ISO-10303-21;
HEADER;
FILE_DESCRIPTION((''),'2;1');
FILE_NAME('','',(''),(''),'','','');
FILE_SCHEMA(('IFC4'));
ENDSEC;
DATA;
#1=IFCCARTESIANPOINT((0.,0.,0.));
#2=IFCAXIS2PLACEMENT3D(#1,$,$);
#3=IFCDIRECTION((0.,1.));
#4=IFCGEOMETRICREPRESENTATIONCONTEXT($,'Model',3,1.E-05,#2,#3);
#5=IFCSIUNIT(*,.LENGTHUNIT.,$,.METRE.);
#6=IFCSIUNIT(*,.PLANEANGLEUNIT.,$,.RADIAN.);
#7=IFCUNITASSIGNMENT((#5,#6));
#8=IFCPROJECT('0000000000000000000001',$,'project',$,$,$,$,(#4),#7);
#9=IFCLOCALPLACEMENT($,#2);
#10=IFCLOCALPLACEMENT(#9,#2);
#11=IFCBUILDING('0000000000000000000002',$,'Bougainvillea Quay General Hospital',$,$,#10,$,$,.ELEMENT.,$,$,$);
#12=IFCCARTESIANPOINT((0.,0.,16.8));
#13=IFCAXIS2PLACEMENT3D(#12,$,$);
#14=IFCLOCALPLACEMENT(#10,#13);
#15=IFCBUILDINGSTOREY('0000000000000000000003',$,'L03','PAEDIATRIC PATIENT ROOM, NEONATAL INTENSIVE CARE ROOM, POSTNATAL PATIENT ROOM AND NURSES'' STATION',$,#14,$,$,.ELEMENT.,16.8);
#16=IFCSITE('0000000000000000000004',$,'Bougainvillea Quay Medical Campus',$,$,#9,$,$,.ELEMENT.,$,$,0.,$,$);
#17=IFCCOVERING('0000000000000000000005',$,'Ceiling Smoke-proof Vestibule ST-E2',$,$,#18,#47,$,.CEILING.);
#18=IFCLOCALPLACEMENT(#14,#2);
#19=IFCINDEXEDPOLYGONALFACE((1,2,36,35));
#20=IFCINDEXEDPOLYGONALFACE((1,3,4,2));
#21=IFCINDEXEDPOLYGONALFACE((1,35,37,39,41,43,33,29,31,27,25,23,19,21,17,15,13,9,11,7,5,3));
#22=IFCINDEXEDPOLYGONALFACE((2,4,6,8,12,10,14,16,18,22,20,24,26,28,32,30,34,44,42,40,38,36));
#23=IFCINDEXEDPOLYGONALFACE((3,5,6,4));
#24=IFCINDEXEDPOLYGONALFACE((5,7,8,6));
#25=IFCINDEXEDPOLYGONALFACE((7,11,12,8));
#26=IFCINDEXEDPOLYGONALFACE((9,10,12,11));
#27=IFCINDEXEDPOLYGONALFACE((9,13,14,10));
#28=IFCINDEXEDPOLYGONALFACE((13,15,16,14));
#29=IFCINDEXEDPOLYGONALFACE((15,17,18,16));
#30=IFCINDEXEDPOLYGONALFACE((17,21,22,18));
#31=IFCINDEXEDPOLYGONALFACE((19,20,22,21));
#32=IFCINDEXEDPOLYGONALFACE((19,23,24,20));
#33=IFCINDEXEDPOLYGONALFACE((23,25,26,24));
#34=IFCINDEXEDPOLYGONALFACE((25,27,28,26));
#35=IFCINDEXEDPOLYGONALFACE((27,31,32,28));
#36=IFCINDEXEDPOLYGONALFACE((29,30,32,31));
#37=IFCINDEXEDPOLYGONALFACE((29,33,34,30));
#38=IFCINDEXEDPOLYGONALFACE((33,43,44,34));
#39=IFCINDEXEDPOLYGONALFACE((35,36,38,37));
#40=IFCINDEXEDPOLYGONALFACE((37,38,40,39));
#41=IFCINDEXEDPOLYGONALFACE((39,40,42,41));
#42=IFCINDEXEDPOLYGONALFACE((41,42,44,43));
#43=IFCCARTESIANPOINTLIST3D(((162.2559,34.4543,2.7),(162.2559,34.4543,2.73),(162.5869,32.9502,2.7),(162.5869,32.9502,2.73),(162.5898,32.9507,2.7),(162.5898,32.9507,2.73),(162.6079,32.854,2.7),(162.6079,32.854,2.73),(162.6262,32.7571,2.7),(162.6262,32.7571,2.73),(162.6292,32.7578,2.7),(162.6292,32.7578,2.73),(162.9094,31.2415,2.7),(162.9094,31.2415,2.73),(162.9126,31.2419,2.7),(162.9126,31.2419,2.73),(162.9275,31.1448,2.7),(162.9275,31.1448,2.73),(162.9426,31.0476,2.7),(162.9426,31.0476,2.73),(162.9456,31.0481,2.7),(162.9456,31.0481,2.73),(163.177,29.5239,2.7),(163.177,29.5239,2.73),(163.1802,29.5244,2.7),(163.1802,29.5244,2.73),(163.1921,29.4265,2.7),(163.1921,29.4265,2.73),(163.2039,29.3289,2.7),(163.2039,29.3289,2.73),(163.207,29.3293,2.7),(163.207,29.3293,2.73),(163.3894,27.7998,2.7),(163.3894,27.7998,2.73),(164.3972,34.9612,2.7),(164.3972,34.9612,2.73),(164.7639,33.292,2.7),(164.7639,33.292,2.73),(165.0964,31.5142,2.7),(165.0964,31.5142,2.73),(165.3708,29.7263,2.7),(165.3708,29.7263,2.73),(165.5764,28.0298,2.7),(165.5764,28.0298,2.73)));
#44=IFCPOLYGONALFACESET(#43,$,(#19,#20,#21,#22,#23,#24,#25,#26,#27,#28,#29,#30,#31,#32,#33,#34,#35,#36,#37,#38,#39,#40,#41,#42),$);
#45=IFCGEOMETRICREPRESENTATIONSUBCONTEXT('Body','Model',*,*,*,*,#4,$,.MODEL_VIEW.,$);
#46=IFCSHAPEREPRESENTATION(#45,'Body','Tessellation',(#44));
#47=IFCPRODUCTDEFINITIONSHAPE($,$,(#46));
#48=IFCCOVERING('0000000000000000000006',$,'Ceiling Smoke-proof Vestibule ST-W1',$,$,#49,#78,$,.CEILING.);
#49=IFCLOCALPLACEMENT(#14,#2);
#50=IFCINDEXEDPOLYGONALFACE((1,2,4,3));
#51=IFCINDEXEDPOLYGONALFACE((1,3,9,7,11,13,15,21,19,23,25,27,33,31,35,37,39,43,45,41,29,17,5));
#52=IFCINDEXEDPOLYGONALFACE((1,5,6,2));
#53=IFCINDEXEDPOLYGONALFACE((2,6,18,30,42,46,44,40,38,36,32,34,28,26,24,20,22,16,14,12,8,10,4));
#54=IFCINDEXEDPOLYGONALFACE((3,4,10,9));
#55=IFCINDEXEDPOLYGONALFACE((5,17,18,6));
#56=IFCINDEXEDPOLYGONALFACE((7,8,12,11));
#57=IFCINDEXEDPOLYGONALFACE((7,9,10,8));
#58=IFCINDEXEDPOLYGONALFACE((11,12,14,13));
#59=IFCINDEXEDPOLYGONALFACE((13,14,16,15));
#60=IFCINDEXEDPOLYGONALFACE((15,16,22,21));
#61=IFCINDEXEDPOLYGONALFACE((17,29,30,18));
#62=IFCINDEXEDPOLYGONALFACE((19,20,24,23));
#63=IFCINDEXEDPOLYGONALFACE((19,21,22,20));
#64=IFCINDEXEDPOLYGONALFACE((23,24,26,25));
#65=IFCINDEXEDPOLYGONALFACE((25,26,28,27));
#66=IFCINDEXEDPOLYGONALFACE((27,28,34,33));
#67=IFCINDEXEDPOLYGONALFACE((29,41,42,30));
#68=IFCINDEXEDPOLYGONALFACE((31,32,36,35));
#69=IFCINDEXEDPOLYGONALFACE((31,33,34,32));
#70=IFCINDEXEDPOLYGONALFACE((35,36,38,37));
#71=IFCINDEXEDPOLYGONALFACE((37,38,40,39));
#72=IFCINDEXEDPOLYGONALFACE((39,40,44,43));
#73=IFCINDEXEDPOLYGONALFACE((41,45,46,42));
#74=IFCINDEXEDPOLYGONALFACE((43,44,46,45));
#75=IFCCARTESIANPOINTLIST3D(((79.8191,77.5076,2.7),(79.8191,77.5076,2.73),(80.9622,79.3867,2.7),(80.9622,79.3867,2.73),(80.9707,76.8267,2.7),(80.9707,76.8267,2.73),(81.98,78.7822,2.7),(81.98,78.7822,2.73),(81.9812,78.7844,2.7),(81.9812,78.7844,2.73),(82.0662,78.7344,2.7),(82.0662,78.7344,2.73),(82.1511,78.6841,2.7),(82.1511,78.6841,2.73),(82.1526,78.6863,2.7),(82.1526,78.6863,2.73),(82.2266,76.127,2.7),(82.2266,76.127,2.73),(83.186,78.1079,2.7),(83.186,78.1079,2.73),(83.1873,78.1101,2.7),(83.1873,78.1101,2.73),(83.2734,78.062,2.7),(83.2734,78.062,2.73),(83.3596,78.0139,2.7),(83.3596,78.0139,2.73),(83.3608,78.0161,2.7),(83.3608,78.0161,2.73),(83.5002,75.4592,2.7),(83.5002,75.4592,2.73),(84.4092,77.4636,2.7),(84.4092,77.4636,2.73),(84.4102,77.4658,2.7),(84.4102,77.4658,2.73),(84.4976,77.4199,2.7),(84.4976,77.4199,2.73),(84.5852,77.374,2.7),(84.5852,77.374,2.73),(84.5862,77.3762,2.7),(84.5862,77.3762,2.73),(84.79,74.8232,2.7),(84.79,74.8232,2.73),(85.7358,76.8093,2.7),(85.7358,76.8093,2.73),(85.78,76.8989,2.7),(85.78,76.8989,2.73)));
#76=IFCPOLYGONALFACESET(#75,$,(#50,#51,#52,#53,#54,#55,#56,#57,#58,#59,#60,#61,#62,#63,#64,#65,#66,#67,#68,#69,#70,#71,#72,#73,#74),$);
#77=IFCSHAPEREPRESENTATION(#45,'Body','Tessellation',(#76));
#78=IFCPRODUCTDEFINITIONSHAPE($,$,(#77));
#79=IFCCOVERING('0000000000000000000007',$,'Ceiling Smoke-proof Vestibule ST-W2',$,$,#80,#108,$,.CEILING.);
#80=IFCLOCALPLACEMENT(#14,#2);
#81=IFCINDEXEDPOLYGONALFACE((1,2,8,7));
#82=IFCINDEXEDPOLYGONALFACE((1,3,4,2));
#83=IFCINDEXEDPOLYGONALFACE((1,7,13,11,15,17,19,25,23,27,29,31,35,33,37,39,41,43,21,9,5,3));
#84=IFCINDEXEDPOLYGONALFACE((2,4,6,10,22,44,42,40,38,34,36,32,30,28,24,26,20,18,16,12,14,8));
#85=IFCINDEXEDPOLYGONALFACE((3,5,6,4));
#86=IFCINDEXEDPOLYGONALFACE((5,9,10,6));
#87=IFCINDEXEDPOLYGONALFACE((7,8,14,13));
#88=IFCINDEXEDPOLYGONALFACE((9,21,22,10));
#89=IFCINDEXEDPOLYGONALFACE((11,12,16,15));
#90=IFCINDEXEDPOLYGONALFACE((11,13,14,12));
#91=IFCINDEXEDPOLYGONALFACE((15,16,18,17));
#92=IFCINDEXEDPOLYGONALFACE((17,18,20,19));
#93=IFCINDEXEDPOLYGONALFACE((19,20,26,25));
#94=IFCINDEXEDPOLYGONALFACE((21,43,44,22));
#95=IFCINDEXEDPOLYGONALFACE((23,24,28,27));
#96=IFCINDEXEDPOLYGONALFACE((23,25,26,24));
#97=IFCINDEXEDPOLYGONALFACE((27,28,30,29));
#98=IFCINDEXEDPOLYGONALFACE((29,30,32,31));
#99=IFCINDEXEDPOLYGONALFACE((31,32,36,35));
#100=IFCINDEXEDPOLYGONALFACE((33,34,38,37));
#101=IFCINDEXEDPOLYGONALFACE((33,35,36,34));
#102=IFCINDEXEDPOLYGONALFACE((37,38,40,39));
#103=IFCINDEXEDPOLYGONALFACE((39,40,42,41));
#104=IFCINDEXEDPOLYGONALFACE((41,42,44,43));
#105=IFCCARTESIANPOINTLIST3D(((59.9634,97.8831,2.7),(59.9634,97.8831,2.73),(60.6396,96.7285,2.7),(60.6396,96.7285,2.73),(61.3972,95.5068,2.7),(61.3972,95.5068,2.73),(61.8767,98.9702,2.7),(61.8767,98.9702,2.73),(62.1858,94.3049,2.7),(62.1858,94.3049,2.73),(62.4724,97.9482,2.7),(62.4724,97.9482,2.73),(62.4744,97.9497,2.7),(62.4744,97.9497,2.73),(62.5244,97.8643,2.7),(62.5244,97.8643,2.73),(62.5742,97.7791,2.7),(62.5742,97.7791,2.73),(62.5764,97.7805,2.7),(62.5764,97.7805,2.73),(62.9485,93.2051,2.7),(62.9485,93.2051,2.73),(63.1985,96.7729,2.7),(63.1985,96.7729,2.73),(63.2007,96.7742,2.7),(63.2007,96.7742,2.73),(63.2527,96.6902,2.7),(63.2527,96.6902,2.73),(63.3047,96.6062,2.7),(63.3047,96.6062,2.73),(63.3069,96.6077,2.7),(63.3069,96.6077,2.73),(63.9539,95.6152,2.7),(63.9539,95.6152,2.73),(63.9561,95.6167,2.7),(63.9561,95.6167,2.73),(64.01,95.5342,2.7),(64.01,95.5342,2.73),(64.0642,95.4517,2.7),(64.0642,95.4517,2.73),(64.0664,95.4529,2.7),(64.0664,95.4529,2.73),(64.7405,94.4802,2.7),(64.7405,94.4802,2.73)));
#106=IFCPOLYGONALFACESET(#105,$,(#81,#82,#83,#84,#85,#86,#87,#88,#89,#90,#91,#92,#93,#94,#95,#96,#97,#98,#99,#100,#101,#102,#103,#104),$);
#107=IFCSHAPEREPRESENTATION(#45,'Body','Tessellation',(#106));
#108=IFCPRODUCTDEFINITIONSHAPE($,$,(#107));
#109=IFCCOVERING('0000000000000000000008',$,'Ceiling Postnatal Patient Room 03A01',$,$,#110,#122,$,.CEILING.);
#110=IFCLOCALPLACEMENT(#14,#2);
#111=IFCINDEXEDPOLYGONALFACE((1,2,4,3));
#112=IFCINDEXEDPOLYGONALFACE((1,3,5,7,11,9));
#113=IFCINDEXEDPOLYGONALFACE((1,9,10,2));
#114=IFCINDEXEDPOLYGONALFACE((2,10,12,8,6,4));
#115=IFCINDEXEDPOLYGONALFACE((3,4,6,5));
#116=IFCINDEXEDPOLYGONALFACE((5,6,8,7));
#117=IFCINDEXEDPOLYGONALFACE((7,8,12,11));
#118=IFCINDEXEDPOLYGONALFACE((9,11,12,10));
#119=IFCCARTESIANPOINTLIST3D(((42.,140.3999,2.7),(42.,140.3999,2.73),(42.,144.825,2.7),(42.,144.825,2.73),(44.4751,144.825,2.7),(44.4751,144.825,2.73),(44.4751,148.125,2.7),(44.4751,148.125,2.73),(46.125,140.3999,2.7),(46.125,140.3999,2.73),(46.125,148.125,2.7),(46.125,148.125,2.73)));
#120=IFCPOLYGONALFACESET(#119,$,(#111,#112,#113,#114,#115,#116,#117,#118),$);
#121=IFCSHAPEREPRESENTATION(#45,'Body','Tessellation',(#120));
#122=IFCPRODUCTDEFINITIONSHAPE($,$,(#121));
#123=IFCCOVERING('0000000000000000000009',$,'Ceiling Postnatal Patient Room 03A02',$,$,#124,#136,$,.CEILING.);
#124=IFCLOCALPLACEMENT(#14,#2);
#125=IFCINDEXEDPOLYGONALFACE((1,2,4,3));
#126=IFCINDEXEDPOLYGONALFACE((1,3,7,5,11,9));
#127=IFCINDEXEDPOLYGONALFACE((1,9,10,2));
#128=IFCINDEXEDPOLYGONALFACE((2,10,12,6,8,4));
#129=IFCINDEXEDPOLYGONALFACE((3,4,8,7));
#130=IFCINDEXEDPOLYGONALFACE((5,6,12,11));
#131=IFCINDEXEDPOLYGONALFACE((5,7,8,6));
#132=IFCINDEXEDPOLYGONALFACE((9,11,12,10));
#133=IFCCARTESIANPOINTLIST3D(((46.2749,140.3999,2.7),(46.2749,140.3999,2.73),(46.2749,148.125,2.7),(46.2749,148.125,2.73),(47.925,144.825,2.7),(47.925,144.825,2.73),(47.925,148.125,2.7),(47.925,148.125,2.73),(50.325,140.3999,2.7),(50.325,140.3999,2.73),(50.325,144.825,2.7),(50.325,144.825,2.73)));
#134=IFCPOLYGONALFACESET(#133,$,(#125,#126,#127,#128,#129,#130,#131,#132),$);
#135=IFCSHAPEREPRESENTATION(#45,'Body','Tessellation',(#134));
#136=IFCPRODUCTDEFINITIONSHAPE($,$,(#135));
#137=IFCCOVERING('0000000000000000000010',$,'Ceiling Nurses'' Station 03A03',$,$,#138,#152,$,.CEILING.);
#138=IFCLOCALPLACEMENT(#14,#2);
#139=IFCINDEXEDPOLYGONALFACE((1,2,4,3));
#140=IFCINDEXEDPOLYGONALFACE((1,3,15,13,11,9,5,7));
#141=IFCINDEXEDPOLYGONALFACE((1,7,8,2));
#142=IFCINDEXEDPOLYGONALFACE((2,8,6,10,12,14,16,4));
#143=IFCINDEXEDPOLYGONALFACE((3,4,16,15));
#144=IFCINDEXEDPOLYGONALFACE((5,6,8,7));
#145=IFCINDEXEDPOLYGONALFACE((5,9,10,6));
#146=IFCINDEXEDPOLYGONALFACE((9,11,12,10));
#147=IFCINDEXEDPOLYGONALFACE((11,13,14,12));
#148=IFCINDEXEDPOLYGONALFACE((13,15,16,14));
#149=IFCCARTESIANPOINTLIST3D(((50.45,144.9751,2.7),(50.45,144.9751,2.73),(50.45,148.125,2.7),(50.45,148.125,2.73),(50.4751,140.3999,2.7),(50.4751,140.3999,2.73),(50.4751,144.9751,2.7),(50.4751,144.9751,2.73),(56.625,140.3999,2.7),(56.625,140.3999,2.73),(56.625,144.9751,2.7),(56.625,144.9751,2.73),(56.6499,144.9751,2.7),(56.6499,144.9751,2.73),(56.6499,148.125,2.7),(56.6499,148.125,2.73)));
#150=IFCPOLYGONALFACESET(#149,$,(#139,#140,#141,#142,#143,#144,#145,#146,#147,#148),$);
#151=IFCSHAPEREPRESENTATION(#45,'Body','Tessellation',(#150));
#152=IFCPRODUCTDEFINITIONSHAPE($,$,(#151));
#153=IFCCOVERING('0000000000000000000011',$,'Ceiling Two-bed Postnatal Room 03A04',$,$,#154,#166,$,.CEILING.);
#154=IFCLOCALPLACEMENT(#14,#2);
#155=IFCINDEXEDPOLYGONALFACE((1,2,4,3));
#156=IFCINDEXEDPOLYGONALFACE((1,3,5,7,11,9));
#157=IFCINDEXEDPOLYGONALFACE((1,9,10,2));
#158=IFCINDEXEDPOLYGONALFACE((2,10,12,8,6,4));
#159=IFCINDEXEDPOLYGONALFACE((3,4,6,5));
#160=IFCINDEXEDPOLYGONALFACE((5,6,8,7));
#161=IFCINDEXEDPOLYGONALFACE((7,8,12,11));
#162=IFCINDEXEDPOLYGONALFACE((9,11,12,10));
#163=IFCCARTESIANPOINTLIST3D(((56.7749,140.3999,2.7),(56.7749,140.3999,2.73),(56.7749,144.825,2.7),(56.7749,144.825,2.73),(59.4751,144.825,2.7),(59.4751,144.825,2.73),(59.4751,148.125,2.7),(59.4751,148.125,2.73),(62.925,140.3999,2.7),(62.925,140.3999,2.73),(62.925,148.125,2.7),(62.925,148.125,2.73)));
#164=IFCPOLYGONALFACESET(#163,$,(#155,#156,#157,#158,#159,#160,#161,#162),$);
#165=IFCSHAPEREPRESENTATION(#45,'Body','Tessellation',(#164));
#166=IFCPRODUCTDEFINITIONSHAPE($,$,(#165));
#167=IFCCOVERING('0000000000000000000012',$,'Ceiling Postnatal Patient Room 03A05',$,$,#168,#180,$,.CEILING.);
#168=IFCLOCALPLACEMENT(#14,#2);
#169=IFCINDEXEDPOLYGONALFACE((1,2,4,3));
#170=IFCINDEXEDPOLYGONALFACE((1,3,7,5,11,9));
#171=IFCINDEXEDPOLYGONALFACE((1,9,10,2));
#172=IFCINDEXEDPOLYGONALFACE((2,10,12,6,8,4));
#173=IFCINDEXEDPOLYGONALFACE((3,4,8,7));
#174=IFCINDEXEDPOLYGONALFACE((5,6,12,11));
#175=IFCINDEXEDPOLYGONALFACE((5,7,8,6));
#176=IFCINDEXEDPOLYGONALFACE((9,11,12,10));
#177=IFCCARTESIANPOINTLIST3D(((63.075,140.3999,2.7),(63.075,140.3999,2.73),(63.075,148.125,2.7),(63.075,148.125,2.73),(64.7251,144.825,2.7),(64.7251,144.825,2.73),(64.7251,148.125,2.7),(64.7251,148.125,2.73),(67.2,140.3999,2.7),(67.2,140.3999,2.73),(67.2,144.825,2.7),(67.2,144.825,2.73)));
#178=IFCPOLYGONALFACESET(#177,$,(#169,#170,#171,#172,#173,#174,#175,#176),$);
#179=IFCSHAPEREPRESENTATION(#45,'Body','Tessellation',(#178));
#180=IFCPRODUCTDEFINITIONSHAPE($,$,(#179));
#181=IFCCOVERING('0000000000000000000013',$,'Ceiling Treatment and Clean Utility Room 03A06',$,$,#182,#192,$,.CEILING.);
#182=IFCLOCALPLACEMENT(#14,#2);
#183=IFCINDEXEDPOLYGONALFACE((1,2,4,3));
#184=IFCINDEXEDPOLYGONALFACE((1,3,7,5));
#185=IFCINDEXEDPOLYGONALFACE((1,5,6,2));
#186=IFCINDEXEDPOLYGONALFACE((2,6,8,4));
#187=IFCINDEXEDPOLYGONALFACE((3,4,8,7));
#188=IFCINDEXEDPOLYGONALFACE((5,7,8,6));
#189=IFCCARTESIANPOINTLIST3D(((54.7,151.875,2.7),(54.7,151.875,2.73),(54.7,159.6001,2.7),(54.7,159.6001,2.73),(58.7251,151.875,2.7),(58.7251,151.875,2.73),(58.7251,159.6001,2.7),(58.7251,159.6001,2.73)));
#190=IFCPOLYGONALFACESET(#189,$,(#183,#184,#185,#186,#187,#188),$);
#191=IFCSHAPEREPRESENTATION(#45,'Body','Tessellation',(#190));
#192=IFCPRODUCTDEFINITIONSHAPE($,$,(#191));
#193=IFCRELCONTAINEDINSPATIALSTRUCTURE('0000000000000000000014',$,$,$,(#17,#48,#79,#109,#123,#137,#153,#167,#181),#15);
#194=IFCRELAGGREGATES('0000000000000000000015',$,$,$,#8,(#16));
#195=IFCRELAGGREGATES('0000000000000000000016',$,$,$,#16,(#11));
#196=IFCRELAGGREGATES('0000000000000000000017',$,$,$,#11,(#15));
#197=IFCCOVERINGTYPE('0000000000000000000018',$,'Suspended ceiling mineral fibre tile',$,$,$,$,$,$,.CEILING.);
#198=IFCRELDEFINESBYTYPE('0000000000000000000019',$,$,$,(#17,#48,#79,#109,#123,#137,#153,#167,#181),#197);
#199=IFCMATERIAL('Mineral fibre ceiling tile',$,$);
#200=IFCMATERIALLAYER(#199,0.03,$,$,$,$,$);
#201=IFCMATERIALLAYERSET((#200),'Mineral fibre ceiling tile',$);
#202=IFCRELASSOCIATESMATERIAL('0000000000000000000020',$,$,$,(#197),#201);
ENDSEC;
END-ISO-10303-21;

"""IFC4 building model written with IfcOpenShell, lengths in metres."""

from ifc_helpers import new_model, si_unit, direction, frame, origin, place, context, subcontext, project, spatial, polyline, outline, extrude, material, layer, layer_set, type_object, element, save


model = new_model("IFC4")

# Units and contexts
model_context = context("Model", 3, precision=1e-05, world=origin(), true_north=direction((0.0, 1.0)))
body_context = subcontext(model_context, "Body", "Model", "MODEL_VIEW")
ifc_project = project(units=[si_unit("LENGTHUNIT", "METRE"), si_unit("PLANEANGLEUNIT", "RADIAN")], contexts=[model_context])

# Site, building, storey
site_placement = place(None, origin())
site = spatial("IfcSite", under=ifc_project, at=site_placement, Name="Bougainvillea Quay Medical Campus", CompositionType="ELEMENT", RefElevation=0.0)
building_placement = place(site_placement, origin())
building = spatial("IfcBuilding", under=site, at=building_placement, Name="Bougainvillea Quay General Hospital", CompositionType="ELEMENT")
storey_placement = place(building_placement, frame((0.0, 0.0, 16.8)))
storey = spatial("IfcBuildingStorey", under=building, at=storey_placement, Name="L03", Description="PAEDIATRIC PATIENT ROOM, NEONATAL INTENSIVE CARE ROOM, POSTNATAL PATIENT ROOM AND NURSES' STATION", CompositionType="ELEMENT", Elevation=16.8)

# Coverings
ifc_material = material(Name="Mineral fibre ceiling tile")
ifc_layer = layer(ifc_material, 0.03)
ifc_layer_set = layer_set([ifc_layer], Name="Mineral fibre ceiling tile")
covering_type = type_object("IfcCoveringType", Name="Suspended ceiling mineral fibre tile", PredefinedType="CEILING", material=ifc_layer_set)
covering_1_placement = place(storey_placement, frame((0.0, 0.0, 2.7)))
element("IfcCovering", 1, at=covering_1_placement, inside=storey, type_object=covering_type, Name="Ceiling Smoke-proof Vestibule ST-E2", PredefinedType="CEILING", context=body_context, shape_type="SweptSolid", body=[
    extrude(outline(polyline([(162.6262, 32.7571), (162.9094, 31.2415), (162.9126, 31.2419), (162.9275, 31.1448), (162.9456, 31.0481), (162.9426, 31.0476), (163.177, 29.5239), (163.1802, 29.5244), (163.1921, 29.4265), (163.207, 29.3293), (163.2039, 29.3289), (163.3894, 27.7998), (165.5764, 28.0298), (165.3708, 29.7263), (165.0964, 31.5142), (164.7639, 33.292), (164.3972, 34.9612), (162.2559, 34.4543), (162.5869, 32.9502), (162.5898, 32.9507), (162.6079, 32.854), (162.6292, 32.7578), (162.6262, 32.7571)])), origin(), (0.0, 0.0, 1.0), 0.03),
])
covering_2_placement = place(storey_placement, frame((0.0, 0.0, 2.7)))
element("IfcCovering", 2, at=covering_2_placement, inside=storey, type_object=covering_type, Name="Ceiling Smoke-proof Vestibule ST-W1", PredefinedType="CEILING", context=body_context, shape_type="SweptSolid", body=[
    extrude(outline(polyline([(85.78, 76.8989), (85.7358, 76.8093), (84.5862, 77.3762), (84.5852, 77.374), (84.4976, 77.4199), (84.4092, 77.4636), (84.4102, 77.4658), (83.3608, 78.0161), (83.3596, 78.0139), (83.2734, 78.062), (83.186, 78.1079), (83.1873, 78.1101), (82.1526, 78.6863), (82.1511, 78.6841), (82.0662, 78.7344), (81.98, 78.7822), (81.9812, 78.7844), (80.9622, 79.3867), (79.8191, 77.5076), (80.9707, 76.8267), (82.2266, 76.127), (83.5002, 75.4592), (84.79, 74.8232), (85.78, 76.8989)])), origin(), (0.0, 0.0, 1.0), 0.03),
])
covering_3_placement = place(storey_placement, frame((0.0, 0.0, 2.7)))
element("IfcCovering", 3, at=covering_3_placement, inside=storey, type_object=covering_type, Name="Ceiling Smoke-proof Vestibule ST-W2", PredefinedType="CEILING", context=body_context, shape_type="SweptSolid", body=[
    extrude(outline(polyline([(61.3972, 95.5068), (62.1858, 94.3049), (62.9485, 93.2051), (64.7405, 94.4802), (64.0664, 95.4529), (64.0642, 95.4517), (64.01, 95.5342), (63.9539, 95.6152), (63.9561, 95.6167), (63.3069, 96.6077), (63.3047, 96.6062), (63.2527, 96.6902), (63.1985, 96.7729), (63.2007, 96.7742), (62.5764, 97.7805), (62.5742, 97.7791), (62.5244, 97.8643), (62.4724, 97.9482), (62.4744, 97.9497), (61.8767, 98.9702), (59.9634, 97.8831), (60.6396, 96.7285), (61.3972, 95.5068)])), origin(), (0.0, 0.0, 1.0), 0.03),
])
covering_4_placement = place(storey_placement, frame((0.0, 0.0, 2.7)))
element("IfcCovering", 4, at=covering_4_placement, inside=storey, type_object=covering_type, Name="Ceiling Postnatal Patient Room 03A01", PredefinedType="CEILING", context=body_context, shape_type="SweptSolid", body=[
    extrude(outline(polyline([(46.125, 140.3999), (46.125, 148.125), (44.4751, 148.125), (44.4751, 144.825), (42.0, 144.825), (42.0, 140.3999), (46.125, 140.3999)])), origin(), (0.0, 0.0, 1.0), 0.03),
])
covering_5_placement = place(storey_placement, frame((0.0, 0.0, 2.7)))
element("IfcCovering", 5, at=covering_5_placement, inside=storey, type_object=covering_type, Name="Ceiling Postnatal Patient Room 03A02", PredefinedType="CEILING", context=body_context, shape_type="SweptSolid", body=[
    extrude(outline(polyline([(50.325, 140.3999), (50.325, 144.825), (47.925, 144.825), (47.925, 148.125), (46.2749, 148.125), (46.2749, 140.3999), (50.325, 140.3999)])), origin(), (0.0, 0.0, 1.0), 0.03),
])
covering_6_placement = place(storey_placement, frame((0.0, 0.0, 2.7)))
element("IfcCovering", 6, at=covering_6_placement, inside=storey, type_object=covering_type, Name="Ceiling Nurses' Station 03A03", PredefinedType="CEILING", context=body_context, shape_type="SweptSolid", body=[
    extrude(outline(polyline([(56.625, 140.3999), (56.625, 144.9751), (56.6499, 144.9751), (56.6499, 148.125), (50.45, 148.125), (50.45, 144.9751), (50.4751, 144.9751), (50.4751, 140.3999), (56.625, 140.3999)])), origin(), (0.0, 0.0, 1.0), 0.03),
])
covering_7_placement = place(storey_placement, frame((0.0, 0.0, 2.7)))
element("IfcCovering", 7, at=covering_7_placement, inside=storey, type_object=covering_type, Name="Ceiling Two-bed Postnatal Room 03A04", PredefinedType="CEILING", context=body_context, shape_type="SweptSolid", body=[
    extrude(outline(polyline([(62.925, 140.3999), (62.925, 148.125), (59.4751, 148.125), (59.4751, 144.825), (56.7749, 144.825), (56.7749, 140.3999), (62.925, 140.3999)])), origin(), (0.0, 0.0, 1.0), 0.03),
])
covering_8_placement = place(storey_placement, frame((0.0, 0.0, 2.7)))
element("IfcCovering", 8, at=covering_8_placement, inside=storey, type_object=covering_type, Name="Ceiling Postnatal Patient Room 03A05", PredefinedType="CEILING", context=body_context, shape_type="SweptSolid", body=[
    extrude(outline(polyline([(67.2, 140.3999), (67.2, 144.825), (64.7251, 144.825), (64.7251, 148.125), (63.075, 148.125), (63.075, 140.3999), (67.2, 140.3999)])), origin(), (0.0, 0.0, 1.0), 0.03),
])
covering_9_placement = place(storey_placement, frame((0.0, 0.0, 2.7)))
element("IfcCovering", 9, at=covering_9_placement, inside=storey, type_object=covering_type, Name="Ceiling Treatment and Clean Utility Room 03A06", PredefinedType="CEILING", context=body_context, shape_type="SweptSolid", body=[
    extrude(outline(polyline([(54.7, 159.6001), (54.7, 151.875), (58.7251, 151.875), (58.7251, 159.6001), (54.7, 159.6001)])), origin(), (0.0, 0.0, 1.0), 0.03),
])

save(model, "model.ifc")
